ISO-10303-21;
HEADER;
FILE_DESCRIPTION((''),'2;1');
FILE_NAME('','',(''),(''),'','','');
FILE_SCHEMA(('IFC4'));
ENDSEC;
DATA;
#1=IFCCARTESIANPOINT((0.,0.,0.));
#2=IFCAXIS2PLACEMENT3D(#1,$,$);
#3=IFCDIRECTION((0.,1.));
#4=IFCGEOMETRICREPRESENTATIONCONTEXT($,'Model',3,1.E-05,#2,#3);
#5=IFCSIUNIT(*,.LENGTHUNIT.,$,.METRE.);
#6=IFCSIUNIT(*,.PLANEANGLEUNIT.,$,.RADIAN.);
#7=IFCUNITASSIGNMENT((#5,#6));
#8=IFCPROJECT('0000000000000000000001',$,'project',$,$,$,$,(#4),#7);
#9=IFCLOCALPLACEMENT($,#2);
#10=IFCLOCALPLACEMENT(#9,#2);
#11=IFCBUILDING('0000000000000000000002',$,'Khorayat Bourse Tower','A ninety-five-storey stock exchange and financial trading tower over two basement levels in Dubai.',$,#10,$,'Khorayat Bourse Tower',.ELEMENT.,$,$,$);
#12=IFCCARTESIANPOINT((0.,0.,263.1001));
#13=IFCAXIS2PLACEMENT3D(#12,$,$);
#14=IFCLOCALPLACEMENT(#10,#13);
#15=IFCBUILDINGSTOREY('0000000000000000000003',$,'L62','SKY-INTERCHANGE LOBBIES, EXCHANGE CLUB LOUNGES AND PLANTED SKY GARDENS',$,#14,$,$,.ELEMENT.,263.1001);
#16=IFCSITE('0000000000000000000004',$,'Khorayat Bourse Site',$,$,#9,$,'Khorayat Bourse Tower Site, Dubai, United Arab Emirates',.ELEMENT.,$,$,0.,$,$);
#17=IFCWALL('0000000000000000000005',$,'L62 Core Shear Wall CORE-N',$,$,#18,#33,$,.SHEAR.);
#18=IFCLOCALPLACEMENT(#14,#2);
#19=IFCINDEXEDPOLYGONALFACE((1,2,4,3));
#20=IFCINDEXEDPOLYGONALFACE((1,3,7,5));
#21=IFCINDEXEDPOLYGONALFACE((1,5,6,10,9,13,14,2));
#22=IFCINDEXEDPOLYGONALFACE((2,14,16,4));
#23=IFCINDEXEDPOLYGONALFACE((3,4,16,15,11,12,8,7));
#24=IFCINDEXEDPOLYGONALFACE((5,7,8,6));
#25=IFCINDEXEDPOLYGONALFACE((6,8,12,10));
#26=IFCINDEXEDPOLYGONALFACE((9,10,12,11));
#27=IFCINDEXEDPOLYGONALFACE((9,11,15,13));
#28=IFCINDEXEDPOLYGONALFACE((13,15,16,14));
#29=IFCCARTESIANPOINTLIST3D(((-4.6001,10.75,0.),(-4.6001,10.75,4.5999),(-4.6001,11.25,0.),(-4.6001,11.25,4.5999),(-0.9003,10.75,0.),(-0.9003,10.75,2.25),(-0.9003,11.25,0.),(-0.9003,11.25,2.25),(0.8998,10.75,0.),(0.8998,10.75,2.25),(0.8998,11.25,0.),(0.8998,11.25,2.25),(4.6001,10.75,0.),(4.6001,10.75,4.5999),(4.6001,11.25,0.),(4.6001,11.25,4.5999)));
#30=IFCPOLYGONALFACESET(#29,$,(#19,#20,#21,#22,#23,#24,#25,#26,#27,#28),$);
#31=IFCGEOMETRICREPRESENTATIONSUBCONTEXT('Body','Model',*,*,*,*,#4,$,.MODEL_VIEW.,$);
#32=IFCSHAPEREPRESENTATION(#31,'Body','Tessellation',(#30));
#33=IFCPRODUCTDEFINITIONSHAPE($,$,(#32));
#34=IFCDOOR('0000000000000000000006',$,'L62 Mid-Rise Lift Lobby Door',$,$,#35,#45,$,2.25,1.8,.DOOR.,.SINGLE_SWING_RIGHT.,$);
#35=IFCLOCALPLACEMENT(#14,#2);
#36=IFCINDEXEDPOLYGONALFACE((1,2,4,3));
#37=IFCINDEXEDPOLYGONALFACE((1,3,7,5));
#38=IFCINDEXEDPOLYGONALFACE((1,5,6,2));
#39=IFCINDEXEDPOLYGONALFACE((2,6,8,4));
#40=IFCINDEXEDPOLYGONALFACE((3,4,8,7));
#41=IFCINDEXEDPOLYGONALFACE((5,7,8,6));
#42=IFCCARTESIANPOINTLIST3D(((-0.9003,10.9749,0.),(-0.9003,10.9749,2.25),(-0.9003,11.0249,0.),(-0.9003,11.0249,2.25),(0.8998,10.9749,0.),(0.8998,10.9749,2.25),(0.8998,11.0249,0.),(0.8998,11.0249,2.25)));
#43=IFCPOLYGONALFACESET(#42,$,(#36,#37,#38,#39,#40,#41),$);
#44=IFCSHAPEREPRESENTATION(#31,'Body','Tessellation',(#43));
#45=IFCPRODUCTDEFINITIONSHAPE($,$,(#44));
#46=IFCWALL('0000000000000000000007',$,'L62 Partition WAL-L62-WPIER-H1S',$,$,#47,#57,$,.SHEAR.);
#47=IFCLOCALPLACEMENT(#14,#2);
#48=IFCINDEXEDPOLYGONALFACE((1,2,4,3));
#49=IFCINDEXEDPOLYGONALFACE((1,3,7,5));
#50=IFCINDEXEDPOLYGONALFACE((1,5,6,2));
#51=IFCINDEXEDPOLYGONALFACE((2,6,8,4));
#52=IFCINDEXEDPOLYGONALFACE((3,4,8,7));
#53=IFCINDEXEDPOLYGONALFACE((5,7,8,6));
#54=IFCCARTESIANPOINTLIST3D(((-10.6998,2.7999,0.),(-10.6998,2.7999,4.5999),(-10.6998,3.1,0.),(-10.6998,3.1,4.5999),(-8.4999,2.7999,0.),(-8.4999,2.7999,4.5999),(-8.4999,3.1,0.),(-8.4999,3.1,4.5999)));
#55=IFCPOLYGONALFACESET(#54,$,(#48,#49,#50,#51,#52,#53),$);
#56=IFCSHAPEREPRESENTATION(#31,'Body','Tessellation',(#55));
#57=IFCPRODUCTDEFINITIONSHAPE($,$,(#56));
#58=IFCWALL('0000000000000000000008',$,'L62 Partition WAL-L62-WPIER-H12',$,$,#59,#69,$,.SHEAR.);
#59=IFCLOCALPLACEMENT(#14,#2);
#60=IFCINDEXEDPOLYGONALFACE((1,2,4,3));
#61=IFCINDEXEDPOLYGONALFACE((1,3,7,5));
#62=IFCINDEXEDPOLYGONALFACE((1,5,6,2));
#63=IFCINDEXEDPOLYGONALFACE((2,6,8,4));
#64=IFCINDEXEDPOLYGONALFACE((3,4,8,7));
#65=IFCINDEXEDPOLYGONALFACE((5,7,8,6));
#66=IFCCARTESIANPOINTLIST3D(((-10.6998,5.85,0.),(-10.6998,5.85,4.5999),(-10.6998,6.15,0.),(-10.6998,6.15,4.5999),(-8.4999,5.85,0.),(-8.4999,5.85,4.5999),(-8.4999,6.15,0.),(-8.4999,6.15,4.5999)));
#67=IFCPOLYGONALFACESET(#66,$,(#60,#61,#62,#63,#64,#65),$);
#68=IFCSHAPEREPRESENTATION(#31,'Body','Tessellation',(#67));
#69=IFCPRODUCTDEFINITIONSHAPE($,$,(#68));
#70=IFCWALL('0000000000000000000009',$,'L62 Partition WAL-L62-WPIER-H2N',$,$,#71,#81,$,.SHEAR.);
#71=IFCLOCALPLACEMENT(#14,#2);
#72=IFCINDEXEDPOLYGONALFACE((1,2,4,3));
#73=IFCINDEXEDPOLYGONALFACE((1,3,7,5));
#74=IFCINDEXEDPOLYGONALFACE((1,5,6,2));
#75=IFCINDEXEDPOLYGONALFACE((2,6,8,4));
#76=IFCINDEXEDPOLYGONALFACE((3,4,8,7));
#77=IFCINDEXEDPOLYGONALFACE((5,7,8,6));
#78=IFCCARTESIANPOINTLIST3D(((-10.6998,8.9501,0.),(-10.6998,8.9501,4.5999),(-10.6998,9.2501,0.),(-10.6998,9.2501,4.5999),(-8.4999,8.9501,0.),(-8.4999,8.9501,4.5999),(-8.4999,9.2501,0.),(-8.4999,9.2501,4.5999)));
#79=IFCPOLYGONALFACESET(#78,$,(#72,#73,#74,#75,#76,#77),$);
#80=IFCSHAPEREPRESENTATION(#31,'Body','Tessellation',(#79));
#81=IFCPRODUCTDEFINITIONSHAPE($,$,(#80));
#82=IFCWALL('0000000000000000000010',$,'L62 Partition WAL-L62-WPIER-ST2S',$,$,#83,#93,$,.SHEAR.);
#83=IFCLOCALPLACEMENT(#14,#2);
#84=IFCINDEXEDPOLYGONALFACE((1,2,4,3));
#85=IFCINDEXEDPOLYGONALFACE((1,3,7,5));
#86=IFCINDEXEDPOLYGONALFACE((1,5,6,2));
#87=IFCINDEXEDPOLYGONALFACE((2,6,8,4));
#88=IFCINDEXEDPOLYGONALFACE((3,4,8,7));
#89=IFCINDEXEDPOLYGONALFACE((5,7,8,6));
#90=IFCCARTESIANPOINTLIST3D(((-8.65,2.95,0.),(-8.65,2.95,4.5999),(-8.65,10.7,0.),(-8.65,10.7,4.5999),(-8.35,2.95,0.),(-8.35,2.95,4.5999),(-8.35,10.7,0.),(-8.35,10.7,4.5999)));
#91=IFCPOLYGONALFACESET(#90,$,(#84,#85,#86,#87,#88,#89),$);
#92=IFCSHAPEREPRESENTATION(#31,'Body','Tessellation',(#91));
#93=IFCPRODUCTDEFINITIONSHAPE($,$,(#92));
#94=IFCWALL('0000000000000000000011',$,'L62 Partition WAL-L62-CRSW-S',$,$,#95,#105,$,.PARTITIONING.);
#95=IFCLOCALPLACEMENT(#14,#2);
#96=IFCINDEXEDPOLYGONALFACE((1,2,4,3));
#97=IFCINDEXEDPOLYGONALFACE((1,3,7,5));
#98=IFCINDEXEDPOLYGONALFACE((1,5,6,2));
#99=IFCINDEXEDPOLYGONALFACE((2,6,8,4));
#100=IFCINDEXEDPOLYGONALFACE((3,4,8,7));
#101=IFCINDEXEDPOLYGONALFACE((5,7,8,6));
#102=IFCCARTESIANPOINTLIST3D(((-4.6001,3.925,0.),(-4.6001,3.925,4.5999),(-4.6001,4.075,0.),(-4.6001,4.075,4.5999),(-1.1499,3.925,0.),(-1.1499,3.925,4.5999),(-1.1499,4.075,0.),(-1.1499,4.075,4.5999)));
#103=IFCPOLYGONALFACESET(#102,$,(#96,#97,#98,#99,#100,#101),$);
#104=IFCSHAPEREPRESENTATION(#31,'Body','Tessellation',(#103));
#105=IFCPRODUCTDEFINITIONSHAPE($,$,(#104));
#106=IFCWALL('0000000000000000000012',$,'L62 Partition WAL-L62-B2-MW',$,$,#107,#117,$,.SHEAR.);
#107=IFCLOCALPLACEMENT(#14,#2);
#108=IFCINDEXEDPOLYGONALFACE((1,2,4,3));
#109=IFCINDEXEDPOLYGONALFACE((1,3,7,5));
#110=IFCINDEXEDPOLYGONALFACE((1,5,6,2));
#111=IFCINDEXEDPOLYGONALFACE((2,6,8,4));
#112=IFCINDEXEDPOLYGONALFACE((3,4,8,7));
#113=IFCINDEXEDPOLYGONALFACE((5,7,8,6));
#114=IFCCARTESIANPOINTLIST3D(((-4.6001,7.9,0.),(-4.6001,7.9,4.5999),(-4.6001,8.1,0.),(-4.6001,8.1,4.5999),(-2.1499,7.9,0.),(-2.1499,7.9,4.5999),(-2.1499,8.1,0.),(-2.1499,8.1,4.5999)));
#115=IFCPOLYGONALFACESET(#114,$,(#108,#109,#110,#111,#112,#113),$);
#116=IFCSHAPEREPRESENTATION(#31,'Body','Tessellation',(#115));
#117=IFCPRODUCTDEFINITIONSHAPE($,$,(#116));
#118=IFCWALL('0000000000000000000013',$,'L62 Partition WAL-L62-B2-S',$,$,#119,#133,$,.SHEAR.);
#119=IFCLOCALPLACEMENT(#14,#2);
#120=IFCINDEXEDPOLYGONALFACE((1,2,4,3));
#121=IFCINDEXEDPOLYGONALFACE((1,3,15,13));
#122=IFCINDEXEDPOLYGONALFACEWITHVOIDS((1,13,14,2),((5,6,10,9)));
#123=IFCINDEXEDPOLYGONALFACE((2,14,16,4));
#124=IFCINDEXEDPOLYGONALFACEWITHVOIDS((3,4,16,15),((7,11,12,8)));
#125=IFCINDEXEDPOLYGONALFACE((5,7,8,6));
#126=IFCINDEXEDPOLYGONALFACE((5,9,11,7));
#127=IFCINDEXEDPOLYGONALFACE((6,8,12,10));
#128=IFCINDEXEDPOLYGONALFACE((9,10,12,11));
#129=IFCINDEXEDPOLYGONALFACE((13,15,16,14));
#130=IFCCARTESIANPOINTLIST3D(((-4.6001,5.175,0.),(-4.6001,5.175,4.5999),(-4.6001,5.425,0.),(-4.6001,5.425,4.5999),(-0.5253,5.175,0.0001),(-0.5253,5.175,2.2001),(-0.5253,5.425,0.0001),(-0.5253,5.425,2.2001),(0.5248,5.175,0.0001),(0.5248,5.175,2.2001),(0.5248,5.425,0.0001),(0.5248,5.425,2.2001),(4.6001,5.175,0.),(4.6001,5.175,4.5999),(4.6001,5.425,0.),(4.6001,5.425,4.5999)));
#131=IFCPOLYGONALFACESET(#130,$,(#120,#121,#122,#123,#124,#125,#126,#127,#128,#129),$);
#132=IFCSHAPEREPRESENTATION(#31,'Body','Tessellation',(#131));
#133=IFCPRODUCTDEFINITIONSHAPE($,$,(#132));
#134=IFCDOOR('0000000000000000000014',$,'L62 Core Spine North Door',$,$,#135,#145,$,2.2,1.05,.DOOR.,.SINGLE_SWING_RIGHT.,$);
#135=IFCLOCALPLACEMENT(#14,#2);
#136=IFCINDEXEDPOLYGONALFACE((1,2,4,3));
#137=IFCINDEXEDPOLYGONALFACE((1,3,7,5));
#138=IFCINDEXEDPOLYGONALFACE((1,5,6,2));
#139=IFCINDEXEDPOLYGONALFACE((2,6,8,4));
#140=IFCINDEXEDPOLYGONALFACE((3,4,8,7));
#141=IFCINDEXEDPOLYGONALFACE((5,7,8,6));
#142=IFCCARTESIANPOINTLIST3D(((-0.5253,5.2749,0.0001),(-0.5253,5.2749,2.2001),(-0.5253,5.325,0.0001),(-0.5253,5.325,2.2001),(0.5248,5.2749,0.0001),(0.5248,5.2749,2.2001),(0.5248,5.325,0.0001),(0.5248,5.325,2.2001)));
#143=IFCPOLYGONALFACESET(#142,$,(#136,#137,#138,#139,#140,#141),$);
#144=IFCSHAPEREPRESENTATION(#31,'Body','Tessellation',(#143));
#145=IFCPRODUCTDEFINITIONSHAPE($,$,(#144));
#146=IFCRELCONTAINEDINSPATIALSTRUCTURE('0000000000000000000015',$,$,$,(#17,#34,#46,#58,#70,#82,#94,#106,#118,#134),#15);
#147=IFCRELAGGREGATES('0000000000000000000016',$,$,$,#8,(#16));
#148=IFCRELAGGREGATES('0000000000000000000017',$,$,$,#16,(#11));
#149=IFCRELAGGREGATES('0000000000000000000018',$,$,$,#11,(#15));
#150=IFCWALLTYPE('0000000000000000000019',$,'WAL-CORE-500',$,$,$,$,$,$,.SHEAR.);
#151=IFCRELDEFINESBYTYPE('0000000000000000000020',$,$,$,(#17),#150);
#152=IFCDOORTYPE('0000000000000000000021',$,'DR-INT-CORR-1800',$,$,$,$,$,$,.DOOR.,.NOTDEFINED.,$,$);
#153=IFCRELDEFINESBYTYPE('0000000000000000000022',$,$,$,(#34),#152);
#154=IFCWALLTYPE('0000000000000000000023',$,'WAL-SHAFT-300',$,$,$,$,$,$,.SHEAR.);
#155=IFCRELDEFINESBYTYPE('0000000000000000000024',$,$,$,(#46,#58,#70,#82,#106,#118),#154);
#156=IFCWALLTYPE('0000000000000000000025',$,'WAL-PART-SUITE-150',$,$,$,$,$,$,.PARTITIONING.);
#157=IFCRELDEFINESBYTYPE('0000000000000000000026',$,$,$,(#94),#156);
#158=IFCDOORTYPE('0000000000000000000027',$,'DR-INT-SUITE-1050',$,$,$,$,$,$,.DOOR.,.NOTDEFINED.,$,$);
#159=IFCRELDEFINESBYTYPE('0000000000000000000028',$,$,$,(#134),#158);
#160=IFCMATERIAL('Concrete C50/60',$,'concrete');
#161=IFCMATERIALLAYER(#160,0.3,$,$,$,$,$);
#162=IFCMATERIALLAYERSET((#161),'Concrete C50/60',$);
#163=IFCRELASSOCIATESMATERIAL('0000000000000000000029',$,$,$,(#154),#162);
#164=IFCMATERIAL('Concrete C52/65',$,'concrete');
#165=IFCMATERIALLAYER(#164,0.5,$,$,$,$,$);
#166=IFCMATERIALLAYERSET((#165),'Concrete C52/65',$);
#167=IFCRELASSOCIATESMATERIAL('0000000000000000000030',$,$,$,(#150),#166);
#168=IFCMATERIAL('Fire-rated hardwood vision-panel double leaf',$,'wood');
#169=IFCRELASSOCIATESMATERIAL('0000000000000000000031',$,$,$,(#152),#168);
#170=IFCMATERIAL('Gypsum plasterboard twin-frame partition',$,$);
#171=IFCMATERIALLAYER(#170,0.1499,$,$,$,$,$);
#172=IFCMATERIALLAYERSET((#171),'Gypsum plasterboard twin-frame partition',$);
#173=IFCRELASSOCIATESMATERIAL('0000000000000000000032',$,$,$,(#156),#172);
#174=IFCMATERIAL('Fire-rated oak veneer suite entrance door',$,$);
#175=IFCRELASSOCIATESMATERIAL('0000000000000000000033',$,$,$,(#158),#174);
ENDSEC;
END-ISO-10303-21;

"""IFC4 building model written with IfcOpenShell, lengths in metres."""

from ifc_helpers import new_model, si_unit, direction, frame, frame_2d, origin, place, context, subcontext, project, spatial, rectangle, extrude, source, transform, mapped, material, layer, layer_set, type_object, element, fill, save


model = new_model("IFC4")

# Units and contexts
model_context = context("Model", 3, precision=1e-05, world=origin(), true_north=direction((0.0, 1.0)))
body_context = subcontext(model_context, "Body", "Model", "MODEL_VIEW")
ifc_project = project(units=[si_unit("LENGTHUNIT", "METRE"), si_unit("PLANEANGLEUNIT", "RADIAN")], contexts=[model_context])

# Site, building, storey
site_placement = place(None, origin())
site = spatial("IfcSite", under=ifc_project, at=site_placement, Name="Khorayat Bourse Site", LongName="Khorayat Bourse Tower Site, Dubai, United Arab Emirates", CompositionType="ELEMENT", RefElevation=0.0)
building_placement = place(site_placement, origin())
building = spatial("IfcBuilding", under=site, at=building_placement, Name="Khorayat Bourse Tower", Description="A ninety-five-storey stock exchange and financial trading tower over two basement levels in Dubai.", LongName="Khorayat Bourse Tower", CompositionType="ELEMENT")
storey_placement = place(building_placement, frame((0.0, 0.0, 263.1001)))
storey = spatial("IfcBuildingStorey", under=building, at=storey_placement, Name="L62", Description="SKY-INTERCHANGE LOBBIES, EXCHANGE CLUB LOUNGES AND PLANTED SKY GARDENS", CompositionType="ELEMENT", Elevation=263.1001)

# Shared definitions
ifc_material_1 = material(Name="Concrete C50/60", Category="concrete")
ifc_layer_1 = layer(ifc_material_1, 0.3)
ifc_layer_set_1 = layer_set([ifc_layer_1], Name="Concrete C50/60")
wall_type_1 = type_object("IfcWallType", Name="WAL-SHAFT-300", PredefinedType="SHEAR", material=ifc_layer_set_1)

# Wall, opening, door
ifc_material_2 = material(Name="Concrete C52/65", Category="concrete")
ifc_layer_2 = layer(ifc_material_2, 0.5)
ifc_layer_set_2 = layer_set([ifc_layer_2], Name="Concrete C52/65")
wall_type_2 = type_object("IfcWallType", Name="WAL-CORE-500", PredefinedType="SHEAR", material=ifc_layer_set_2)
shared_shape_1 = source(origin(), body_context, "Body", "SweptSolid", [
    extrude(rectangle(XDim=9.2002, YDim=0.5, at=frame_2d((4.6001, 0.0))), origin(), (0.0, 0.0, 1.0), 4.5999),
])
wall_1_placement = place(storey_placement, frame((-4.6001, 11.0, 0.0), z_axis=(0.0, 0.0, 1.0), x_axis=(1.0, 0.0, 0.0)))
wall_1 = element("IfcWall", 1, at=wall_1_placement, inside=storey, type_object=wall_type_2, Name="L62 Core Shear Wall CORE-N", PredefinedType="SHEAR", context=body_context, shape_type="MappedRepresentation", body=[
    mapped(shared_shape_1, transform((0.0, 0.0, 0.0), scale=1.0)),
])
shared_shape_2 = source(origin(), body_context, "Body", "SweptSolid", [
    extrude(rectangle(XDim=1.8, YDim=2.25, at=frame_2d((0.8999, 1.125))), frame((0.0, 0.26, 0.0), z_axis=(0.0, -1.0, 0.0), x_axis=(1.0, 0.0, 0.0)), (0.0, 0.0, 1.0), 0.52),
])
opening_1_placement = place(wall_1_placement, frame((3.7, 0.0, 0.0)))
opening_1 = element("IfcOpeningElement", 2, at=opening_1_placement, cuts=wall_1, PredefinedType="OPENING", context=body_context, shape_type="MappedRepresentation", body=[
    mapped(shared_shape_2, transform((0.0, 0.0, 0.0), scale=1.0)),
])
ifc_material_3 = material(Name="Fire-rated hardwood vision-panel double leaf", Category="wood")
door_type_1 = type_object("IfcDoorType", Name="DR-INT-CORR-1800", OperationType="NOTDEFINED", PredefinedType="DOOR", material=ifc_material_3)
shared_shape_3 = source(origin(), body_context, "Body", "SweptSolid", [
    extrude(rectangle(XDim=1.8, YDim=2.25, at=frame_2d((0.8999, 1.125))), frame((0.0, 0.0249, 0.0), z_axis=(0.0, -1.0, 0.0), x_axis=(1.0, 0.0, 0.0)), (0.0, 0.0, 1.0), 0.05),
])
door_1_placement = place(opening_1_placement, origin())
door_1 = element("IfcDoor", 3, at=door_1_placement, inside=storey, type_object=door_type_1, Name="L62 Mid-Rise Lift Lobby Door", OperationType="SINGLE_SWING_RIGHT", OverallHeight=2.25, OverallWidth=1.8, PredefinedType="DOOR", context=body_context, shape_type="MappedRepresentation", body=[
    mapped(shared_shape_3, transform((0.0, 0.0, 0.0), scale=1.0)),
])
fill(opening_1, door_1)

# Walls
shared_shape_4 = source(origin(), body_context, "Body", "SweptSolid", [
    extrude(rectangle(XDim=2.2, YDim=0.3, at=frame_2d((1.1001, 0.0))), origin(), (0.0, 0.0, 1.0), 4.5999),
])
for number, where, z_axis, x_axis, name in (
    (4, (-10.7, 2.95, 0.0), (0.0, 0.0, 1.0), (1.0, 0.0, 0.0), "L62 Partition WAL-L62-WPIER-H1S"),
    (5, (-10.7, 6.0, 0.0), (0.0, 0.0, 1.0), (1.0, 0.0, 0.0), "L62 Partition WAL-L62-WPIER-H12"),
    (6, (-10.7, 9.1001, 0.0), (0.0, 0.0, 1.0), (1.0, 0.0, 0.0), "L62 Partition WAL-L62-WPIER-H2N"),
):
    element("IfcWall", number, at=place(storey_placement, frame(where, z_axis=z_axis, x_axis=x_axis)), inside=storey, type_object=wall_type_1, Name=name, PredefinedType="SHEAR", context=body_context, shape_type="MappedRepresentation", body=[
        mapped(shared_shape_4, transform((0.0, 0.0, 0.0), scale=1.0)),
    ])
shared_shape_5 = source(origin(), body_context, "Body", "SweptSolid", [
    extrude(rectangle(XDim=7.75, YDim=0.3, at=frame_2d((3.875, 0.0))), origin(), (0.0, 0.0, 1.0), 4.5999),
])
wall_2_placement = place(storey_placement, frame((-8.5, 2.95, 0.0), z_axis=(0.0, 0.0, 1.0), x_axis=(0.0, 1.0, 0.0)))
element("IfcWall", 7, at=wall_2_placement, inside=storey, type_object=wall_type_1, Name="L62 Partition WAL-L62-WPIER-ST2S", PredefinedType="SHEAR", context=body_context, shape_type="MappedRepresentation", body=[
    mapped(shared_shape_5, transform((0.0, 0.0, 0.0), scale=1.0)),
])
ifc_material_4 = material(Name="Gypsum plasterboard twin-frame partition")
ifc_layer_3 = layer(ifc_material_4, 0.1499)
ifc_layer_set_3 = layer_set([ifc_layer_3], Name="Gypsum plasterboard twin-frame partition")
wall_type_3 = type_object("IfcWallType", Name="WAL-PART-SUITE-150", PredefinedType="PARTITIONING", material=ifc_layer_set_3)
shared_shape_6 = source(origin(), body_context, "Body", "SweptSolid", [
    extrude(rectangle(XDim=3.4502, YDim=0.1499, at=frame_2d((1.7251, 0.0))), origin(), (0.0, 0.0, 1.0), 4.5999),
])
wall_3_placement = place(storey_placement, frame((-4.6001, 4.0, 0.0), z_axis=(0.0, 0.0, 1.0), x_axis=(1.0, 0.0, 0.0)))
element("IfcWall", 8, at=wall_3_placement, inside=storey, type_object=wall_type_3, Name="L62 Partition WAL-L62-CRSW-S", PredefinedType="PARTITIONING", context=body_context, shape_type="MappedRepresentation", body=[
    mapped(shared_shape_6, transform((0.0, 0.0, 0.0), scale=1.0)),
])
shared_shape_7 = source(origin(), body_context, "Body", "SweptSolid", [
    extrude(rectangle(XDim=2.4502, YDim=0.2, at=frame_2d((1.2251, 0.0))), origin(), (0.0, 0.0, 1.0), 4.5999),
])
wall_4_placement = place(storey_placement, frame((-4.6001, 8.0, 0.0), z_axis=(0.0, 0.0, 1.0), x_axis=(1.0, 0.0, 0.0)))
element("IfcWall", 9, at=wall_4_placement, inside=storey, type_object=wall_type_1, Name="L62 Partition WAL-L62-B2-MW", PredefinedType="SHEAR", context=body_context, shape_type="MappedRepresentation", body=[
    mapped(shared_shape_7, transform((0.0, 0.0, 0.0), scale=1.0)),
])

# Wall, opening, door
shared_shape_8 = source(origin(), body_context, "Body", "SweptSolid", [
    extrude(rectangle(XDim=9.2002, YDim=0.25, at=frame_2d((4.6001, 0.0))), origin(), (0.0, 0.0, 1.0), 4.5999),
])
wall_5_placement = place(storey_placement, frame((-4.6001, 5.3, 0.0), z_axis=(0.0, 0.0, 1.0), x_axis=(1.0, 0.0, 0.0)))
wall_5 = element("IfcWall", 10, at=wall_5_placement, inside=storey, type_object=wall_type_1, Name="L62 Partition WAL-L62-B2-S", PredefinedType="SHEAR", context=body_context, shape_type="MappedRepresentation", body=[
    mapped(shared_shape_8, transform((0.0, 0.0, 0.0), scale=1.0)),
])
shared_shape_9 = source(origin(), body_context, "Body", "SweptSolid", [
    extrude(rectangle(XDim=1.05, YDim=2.2, at=frame_2d((0.5249, 1.1001))), frame((0.0, 0.135, 0.0), z_axis=(0.0, -1.0, 0.0), x_axis=(1.0, 0.0, 0.0)), (0.0, 0.0, 1.0), 0.27),
])
opening_2_placement = place(wall_5_placement, frame((4.075, 0.0, 0.0)))
opening_2 = element("IfcOpeningElement", 11, at=opening_2_placement, cuts=wall_5, PredefinedType="OPENING", context=body_context, shape_type="MappedRepresentation", body=[
    mapped(shared_shape_9, transform((0.0, 0.0, 0.0), scale=1.0)),
])
ifc_material_5 = material(Name="Fire-rated oak veneer suite entrance door")
door_type_2 = type_object("IfcDoorType", Name="DR-INT-SUITE-1050", OperationType="NOTDEFINED", PredefinedType="DOOR", material=ifc_material_5)
shared_shape_10 = source(origin(), body_context, "Body", "SweptSolid", [
    extrude(rectangle(XDim=1.05, YDim=2.2, at=frame_2d((0.5249, 1.1001))), frame((0.0, 0.0249, 0.0), z_axis=(0.0, -1.0, 0.0), x_axis=(1.0, 0.0, 0.0)), (0.0, 0.0, 1.0), 0.05),
])
door_2_placement = place(opening_2_placement, origin())
door_2 = element("IfcDoor", 12, at=door_2_placement, inside=storey, type_object=door_type_2, Name="L62 Core Spine North Door", OperationType="SINGLE_SWING_RIGHT", OverallHeight=2.2, OverallWidth=1.05, PredefinedType="DOOR", context=body_context, shape_type="MappedRepresentation", body=[
    mapped(shared_shape_10, transform((0.0, 0.0, 0.0), scale=1.0)),
])
fill(opening_2, door_2)

save(model, "model.ifc")
